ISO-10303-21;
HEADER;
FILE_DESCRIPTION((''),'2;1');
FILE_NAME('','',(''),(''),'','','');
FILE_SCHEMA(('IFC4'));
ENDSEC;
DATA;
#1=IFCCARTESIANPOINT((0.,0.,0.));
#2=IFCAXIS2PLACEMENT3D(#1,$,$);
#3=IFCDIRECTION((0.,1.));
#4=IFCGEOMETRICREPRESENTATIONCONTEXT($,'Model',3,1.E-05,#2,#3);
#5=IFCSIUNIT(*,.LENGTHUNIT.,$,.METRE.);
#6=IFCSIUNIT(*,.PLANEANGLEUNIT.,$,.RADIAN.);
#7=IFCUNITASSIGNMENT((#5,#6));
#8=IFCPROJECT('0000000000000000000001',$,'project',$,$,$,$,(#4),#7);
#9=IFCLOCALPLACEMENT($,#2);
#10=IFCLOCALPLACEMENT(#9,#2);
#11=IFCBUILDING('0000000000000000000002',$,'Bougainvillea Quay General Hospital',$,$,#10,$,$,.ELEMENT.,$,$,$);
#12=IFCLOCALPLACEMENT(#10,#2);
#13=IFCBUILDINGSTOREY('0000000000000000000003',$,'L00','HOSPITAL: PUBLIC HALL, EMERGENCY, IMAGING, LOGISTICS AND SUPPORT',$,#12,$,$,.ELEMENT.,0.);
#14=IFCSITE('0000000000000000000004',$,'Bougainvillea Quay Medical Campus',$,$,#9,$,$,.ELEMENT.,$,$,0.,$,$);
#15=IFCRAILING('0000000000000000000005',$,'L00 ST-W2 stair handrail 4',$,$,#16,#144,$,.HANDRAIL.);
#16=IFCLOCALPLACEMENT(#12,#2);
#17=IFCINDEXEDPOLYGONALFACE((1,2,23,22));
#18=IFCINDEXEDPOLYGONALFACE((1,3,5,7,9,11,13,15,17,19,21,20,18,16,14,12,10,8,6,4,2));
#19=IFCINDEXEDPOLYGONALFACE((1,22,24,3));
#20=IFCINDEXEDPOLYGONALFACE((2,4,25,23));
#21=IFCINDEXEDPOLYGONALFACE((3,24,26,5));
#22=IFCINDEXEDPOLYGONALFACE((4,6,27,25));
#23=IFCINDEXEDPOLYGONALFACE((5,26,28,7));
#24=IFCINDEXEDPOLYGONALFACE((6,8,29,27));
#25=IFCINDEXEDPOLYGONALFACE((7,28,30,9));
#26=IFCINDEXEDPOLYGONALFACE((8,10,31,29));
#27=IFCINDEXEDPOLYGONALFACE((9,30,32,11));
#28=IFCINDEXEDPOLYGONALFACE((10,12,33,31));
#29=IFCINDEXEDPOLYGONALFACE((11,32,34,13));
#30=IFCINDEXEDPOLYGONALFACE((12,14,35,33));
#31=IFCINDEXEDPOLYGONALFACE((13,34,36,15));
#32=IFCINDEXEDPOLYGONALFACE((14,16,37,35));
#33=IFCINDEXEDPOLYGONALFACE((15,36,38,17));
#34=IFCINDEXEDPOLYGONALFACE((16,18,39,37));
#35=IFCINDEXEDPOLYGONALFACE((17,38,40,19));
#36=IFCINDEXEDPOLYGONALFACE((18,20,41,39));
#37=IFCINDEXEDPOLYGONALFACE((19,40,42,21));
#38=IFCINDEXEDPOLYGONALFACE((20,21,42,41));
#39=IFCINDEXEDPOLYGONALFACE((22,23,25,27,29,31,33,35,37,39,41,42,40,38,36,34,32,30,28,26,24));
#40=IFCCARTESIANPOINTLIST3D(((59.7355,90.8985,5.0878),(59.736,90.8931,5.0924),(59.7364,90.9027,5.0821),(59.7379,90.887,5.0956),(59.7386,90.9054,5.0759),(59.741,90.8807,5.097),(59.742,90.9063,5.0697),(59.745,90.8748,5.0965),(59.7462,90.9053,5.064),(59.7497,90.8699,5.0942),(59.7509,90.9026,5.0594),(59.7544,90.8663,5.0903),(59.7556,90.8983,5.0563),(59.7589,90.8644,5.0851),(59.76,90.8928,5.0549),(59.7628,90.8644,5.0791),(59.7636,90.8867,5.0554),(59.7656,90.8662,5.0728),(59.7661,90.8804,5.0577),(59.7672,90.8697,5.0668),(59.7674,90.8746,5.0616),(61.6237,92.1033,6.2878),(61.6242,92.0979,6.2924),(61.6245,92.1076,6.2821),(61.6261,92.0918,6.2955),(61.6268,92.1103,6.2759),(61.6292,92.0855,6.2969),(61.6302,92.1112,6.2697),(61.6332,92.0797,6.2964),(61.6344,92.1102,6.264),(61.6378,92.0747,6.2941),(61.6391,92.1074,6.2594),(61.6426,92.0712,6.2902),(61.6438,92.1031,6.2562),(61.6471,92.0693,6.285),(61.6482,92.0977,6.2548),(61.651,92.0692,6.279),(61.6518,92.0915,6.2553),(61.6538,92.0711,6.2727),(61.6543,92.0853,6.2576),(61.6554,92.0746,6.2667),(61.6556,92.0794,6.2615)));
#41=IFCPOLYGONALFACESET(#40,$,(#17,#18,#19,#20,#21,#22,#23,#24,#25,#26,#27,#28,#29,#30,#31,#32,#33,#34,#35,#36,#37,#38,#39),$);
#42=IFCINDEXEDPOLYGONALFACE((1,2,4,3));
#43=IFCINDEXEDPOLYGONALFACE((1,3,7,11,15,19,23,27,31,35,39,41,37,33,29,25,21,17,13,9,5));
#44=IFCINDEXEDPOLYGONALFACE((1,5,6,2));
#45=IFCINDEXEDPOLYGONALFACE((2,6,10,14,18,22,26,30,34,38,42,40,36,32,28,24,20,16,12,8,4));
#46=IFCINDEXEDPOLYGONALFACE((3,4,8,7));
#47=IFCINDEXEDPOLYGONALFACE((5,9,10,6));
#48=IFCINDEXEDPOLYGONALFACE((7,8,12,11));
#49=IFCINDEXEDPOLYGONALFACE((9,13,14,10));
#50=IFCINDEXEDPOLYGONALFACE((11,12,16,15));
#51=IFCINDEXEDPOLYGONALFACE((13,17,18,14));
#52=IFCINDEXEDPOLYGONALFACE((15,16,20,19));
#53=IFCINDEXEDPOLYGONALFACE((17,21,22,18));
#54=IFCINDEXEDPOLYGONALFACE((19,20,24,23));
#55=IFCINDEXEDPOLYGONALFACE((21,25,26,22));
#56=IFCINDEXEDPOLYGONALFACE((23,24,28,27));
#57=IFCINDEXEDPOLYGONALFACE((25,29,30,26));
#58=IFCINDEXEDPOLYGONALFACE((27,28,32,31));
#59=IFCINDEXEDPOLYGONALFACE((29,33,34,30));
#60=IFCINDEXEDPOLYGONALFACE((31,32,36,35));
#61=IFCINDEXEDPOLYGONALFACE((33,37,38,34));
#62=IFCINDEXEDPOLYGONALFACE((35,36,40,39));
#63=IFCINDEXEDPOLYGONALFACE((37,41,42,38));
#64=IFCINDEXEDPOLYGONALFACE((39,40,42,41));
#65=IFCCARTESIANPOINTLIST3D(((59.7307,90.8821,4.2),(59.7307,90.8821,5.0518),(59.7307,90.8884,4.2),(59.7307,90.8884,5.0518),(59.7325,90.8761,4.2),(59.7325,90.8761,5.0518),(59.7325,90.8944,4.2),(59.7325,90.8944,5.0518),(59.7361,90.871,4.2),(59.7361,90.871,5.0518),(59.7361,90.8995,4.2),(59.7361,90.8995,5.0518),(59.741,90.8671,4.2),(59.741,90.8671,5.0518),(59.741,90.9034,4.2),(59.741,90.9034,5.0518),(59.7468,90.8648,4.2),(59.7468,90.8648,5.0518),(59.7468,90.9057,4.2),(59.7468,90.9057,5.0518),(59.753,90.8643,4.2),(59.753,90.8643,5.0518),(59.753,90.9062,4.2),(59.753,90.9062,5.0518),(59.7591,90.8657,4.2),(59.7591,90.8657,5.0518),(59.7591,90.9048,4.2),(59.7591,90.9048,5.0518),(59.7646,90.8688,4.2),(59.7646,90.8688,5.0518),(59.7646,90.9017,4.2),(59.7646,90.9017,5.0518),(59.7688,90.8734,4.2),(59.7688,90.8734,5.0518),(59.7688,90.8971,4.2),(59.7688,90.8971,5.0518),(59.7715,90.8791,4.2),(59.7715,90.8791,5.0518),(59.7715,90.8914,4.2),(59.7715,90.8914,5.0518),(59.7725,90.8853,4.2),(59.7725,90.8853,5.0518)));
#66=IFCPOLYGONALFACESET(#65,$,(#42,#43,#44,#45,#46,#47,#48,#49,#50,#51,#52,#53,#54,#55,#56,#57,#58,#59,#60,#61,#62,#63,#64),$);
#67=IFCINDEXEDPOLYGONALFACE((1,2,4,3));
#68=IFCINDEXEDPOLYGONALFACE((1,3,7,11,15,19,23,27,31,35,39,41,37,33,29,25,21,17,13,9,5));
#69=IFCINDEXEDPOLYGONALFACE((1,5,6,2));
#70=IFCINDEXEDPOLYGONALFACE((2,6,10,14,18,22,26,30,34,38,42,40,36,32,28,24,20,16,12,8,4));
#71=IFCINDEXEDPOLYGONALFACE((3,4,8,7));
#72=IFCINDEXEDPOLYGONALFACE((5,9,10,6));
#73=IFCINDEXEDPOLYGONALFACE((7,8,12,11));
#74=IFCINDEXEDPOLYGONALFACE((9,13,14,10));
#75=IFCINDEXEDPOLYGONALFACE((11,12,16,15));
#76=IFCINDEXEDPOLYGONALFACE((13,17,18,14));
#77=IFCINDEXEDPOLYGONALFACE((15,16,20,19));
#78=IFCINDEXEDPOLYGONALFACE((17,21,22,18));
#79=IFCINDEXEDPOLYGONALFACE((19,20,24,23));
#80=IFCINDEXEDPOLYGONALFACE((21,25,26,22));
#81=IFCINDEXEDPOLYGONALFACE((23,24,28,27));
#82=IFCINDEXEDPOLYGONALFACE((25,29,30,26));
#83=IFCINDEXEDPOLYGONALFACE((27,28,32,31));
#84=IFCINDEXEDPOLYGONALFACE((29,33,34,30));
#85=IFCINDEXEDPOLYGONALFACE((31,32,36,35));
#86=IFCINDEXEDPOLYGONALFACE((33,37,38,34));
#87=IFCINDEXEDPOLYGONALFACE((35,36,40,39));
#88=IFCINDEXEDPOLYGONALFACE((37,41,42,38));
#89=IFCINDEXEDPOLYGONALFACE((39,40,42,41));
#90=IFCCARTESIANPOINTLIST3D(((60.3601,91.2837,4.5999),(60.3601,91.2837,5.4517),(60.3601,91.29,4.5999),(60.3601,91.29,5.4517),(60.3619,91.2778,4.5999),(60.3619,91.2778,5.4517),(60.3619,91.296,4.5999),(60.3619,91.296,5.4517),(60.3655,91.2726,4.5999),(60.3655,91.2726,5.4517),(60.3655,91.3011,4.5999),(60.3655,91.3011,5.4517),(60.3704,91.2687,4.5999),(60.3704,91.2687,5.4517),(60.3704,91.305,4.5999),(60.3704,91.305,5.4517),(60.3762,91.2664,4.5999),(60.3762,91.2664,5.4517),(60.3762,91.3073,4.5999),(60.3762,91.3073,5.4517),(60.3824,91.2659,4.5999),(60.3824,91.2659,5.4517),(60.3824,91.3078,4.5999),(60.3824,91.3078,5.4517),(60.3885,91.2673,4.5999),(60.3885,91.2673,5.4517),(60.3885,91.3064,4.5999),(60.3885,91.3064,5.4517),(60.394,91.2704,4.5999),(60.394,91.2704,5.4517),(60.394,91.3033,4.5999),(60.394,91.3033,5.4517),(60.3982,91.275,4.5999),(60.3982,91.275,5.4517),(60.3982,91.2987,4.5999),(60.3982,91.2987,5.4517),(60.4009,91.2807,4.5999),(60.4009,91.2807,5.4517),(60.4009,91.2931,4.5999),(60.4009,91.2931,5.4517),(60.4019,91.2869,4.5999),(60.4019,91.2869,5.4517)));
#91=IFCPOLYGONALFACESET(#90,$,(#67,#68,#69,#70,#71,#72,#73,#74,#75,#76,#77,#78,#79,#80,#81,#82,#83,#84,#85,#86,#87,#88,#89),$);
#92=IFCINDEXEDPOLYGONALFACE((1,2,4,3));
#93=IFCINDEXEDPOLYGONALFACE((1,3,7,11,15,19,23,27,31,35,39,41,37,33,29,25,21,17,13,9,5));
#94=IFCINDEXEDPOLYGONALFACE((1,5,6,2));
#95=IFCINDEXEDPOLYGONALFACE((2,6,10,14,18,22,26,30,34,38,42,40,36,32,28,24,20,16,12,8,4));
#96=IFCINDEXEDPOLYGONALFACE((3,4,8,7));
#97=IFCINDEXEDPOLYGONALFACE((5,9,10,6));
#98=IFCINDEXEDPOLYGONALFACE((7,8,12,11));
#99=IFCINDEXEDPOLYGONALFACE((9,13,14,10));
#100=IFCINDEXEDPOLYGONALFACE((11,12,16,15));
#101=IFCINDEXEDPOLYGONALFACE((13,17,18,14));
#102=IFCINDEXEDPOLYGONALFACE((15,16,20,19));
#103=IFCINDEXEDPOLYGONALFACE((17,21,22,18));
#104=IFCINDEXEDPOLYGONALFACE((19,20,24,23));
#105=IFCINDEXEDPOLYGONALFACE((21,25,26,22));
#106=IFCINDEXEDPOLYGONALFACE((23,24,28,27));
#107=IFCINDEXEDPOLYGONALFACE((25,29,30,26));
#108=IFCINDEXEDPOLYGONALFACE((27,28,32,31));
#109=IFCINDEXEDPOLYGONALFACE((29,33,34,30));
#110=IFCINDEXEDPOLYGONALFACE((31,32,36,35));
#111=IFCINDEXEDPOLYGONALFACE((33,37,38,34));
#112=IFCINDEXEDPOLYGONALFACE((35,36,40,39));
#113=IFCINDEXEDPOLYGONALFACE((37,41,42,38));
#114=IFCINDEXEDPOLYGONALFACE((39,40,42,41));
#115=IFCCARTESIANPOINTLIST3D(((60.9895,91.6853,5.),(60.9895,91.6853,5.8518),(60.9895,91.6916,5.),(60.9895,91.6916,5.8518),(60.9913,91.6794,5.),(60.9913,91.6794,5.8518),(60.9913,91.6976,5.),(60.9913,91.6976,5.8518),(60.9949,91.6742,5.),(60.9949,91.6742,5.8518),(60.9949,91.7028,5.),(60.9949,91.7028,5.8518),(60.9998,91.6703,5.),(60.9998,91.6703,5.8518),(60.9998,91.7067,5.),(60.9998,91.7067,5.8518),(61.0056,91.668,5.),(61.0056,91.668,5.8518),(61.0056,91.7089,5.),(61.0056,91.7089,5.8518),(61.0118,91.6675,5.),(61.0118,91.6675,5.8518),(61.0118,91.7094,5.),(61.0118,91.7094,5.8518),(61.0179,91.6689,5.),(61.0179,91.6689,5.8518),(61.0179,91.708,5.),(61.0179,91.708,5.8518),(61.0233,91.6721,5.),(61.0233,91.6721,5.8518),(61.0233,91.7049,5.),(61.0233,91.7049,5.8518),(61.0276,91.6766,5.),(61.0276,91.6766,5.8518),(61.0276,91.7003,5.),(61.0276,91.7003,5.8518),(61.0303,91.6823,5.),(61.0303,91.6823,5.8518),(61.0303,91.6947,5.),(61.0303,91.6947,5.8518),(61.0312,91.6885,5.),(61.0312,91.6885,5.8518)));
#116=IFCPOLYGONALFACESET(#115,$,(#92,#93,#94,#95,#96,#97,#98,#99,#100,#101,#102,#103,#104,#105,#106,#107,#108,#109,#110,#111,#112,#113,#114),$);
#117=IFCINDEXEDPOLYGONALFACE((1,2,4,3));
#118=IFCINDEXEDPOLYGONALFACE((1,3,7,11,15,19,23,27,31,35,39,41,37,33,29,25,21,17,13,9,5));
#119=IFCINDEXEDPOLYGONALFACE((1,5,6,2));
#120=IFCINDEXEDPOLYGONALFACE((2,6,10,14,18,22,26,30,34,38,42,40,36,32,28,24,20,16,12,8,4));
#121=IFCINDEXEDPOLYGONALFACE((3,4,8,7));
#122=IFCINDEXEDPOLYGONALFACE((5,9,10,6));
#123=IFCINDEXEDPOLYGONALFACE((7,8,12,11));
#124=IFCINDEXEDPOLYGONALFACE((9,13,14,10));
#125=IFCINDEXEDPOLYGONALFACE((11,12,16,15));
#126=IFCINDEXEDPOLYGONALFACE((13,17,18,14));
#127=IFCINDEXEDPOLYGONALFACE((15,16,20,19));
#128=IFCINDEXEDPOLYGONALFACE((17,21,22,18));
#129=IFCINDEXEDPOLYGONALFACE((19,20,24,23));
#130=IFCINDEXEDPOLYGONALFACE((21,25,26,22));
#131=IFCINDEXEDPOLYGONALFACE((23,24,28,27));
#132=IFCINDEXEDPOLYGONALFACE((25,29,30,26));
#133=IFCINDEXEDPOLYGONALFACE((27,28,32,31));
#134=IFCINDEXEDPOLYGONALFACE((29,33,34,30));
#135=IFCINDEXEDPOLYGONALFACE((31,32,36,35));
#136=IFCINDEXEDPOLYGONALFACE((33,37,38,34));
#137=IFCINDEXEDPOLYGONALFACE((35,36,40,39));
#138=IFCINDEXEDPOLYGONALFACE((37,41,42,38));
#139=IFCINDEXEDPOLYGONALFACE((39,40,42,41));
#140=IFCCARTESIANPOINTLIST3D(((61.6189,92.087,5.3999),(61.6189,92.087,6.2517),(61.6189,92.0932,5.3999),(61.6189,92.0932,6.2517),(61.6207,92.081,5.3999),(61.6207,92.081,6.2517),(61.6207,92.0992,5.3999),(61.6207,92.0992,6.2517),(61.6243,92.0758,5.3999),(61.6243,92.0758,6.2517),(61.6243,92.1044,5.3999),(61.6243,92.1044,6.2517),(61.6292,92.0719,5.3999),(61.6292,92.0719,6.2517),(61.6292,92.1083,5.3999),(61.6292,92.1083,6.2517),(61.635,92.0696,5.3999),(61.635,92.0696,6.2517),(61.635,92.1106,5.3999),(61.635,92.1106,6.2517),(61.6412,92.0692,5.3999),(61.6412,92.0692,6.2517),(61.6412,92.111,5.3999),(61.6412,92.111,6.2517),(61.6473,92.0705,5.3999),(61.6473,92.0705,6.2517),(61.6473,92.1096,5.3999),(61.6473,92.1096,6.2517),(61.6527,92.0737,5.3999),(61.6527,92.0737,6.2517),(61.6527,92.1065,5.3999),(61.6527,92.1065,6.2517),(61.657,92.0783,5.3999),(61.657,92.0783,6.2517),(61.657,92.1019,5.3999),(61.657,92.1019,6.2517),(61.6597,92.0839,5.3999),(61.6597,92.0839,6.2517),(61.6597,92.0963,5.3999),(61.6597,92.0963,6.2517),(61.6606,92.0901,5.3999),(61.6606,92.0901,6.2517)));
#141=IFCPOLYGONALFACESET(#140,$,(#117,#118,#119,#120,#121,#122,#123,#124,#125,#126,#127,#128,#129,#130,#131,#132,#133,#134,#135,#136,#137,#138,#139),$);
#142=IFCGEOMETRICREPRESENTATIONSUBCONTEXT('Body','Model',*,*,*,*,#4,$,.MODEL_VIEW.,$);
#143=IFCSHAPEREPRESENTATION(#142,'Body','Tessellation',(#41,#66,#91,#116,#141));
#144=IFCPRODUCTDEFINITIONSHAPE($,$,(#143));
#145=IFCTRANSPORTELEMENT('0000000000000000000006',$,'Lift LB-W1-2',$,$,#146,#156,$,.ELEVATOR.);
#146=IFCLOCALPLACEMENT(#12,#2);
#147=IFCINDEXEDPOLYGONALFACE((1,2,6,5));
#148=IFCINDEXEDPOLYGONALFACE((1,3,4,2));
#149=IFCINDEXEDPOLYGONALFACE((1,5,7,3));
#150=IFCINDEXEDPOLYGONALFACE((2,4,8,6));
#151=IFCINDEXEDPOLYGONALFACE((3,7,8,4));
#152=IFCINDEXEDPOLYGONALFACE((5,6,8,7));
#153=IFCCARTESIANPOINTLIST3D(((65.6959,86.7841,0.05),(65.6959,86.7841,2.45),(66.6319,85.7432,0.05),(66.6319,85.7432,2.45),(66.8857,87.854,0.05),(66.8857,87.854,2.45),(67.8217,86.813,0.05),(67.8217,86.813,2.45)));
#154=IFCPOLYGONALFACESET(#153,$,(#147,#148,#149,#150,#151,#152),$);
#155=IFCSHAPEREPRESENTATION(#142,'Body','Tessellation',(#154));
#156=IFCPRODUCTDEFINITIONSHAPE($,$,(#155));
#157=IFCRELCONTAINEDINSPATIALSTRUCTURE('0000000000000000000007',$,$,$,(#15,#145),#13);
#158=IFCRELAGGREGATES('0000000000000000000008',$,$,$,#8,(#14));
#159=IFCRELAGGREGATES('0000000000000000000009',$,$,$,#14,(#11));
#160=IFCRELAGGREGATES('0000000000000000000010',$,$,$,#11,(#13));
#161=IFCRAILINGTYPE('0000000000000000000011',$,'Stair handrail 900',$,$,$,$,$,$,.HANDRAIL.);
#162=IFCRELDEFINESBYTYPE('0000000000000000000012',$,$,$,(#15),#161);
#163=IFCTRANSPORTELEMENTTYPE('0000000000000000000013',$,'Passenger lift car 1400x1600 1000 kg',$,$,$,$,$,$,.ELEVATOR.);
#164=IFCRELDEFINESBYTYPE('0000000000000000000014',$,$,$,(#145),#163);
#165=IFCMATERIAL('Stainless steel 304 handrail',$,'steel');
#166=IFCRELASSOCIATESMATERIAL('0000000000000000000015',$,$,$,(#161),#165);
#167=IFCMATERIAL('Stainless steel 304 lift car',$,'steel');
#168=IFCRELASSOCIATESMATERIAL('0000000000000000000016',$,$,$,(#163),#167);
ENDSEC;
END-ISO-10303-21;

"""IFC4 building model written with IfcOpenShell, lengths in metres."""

from ifc_helpers import new_model, si_unit, direction, frame, origin, origin_2d, place, context, subcontext, project, spatial, rectangle, circle, extrude, material, type_object, element, save


model = new_model("IFC4")

# Units and contexts
model_context = context("Model", 3, precision=1e-05, world=origin(), true_north=direction((0.0, 1.0)))
body_context = subcontext(model_context, "Body", "Model", "MODEL_VIEW")
ifc_project = project(units=[si_unit("LENGTHUNIT", "METRE"), si_unit("PLANEANGLEUNIT", "RADIAN")], contexts=[model_context])

# Site, building, storey
site_placement = place(None, origin())
site = spatial("IfcSite", under=ifc_project, at=site_placement, Name="Bougainvillea Quay Medical Campus", CompositionType="ELEMENT", RefElevation=0.0)
building_placement = place(site_placement, origin())
building = spatial("IfcBuilding", under=site, at=building_placement, Name="Bougainvillea Quay General Hospital", CompositionType="ELEMENT")
storey_placement = place(building_placement, origin())
storey = spatial("IfcBuildingStorey", under=building, at=storey_placement, Name="L00", Description="HOSPITAL: PUBLIC HALL, EMERGENCY, IMAGING, LOGISTICS AND SUPPORT", CompositionType="ELEMENT", Elevation=0.0)

# Railing
ifc_material_1 = material(Name="Stainless steel 304 handrail", Category="steel")
railing_type_1 = type_object("IfcRailingType", Name="Stair handrail 900", PredefinedType="HANDRAIL", material=ifc_material_1)
for number, where, name in (
    (1, (59.7515, 90.8853, 4.2), "L00 ST-W2 stair handrail 4"),
):
    element("IfcRailing", number, at=place(storey_placement, frame(where)), inside=storey, type_object=railing_type_1, Name=name, PredefinedType="HANDRAIL", context=body_context, shape_type="SweptSolid", body=[
        extrude(circle(Radius=0.0239, at=origin_2d()), frame((0.0, 0.0, 0.876), z_axis=(0.743083, 0.474155, 0.472233), x_axis=(-0.537912, 0.843001, 0.0)), (0.0, 0.0, 1.0), 2.541),
        extrude(circle(Radius=0.021, at=origin_2d()), origin(), (0.0, 0.0, 1.0), 0.8518),
        extrude(circle(Radius=0.021, at=origin_2d()), frame((0.6294, 0.4016, 0.3999)), (0.0, 0.0, 1.0), 0.8518),
        extrude(circle(Radius=0.021, at=origin_2d()), frame((1.2588, 0.8032, 0.8)), (0.0, 0.0, 1.0), 0.8518),
        extrude(circle(Radius=0.021, at=origin_2d()), frame((1.8882, 1.2048, 1.2)), (0.0, 0.0, 1.0), 0.8518),
    ])

# Transport element
ifc_material_2 = material(Name="Stainless steel 304 lift car", Category="steel")
transport_element_type = type_object("IfcTransportElementType", Name="Passenger lift car 1400x1600 1000 kg", PredefinedType="ELEVATOR", material=ifc_material_2)
transport_element_placement = place(storey_placement, frame((66.7588, 86.7986, 0.05), z_axis=(0.0, 0.0, 1.0), x_axis=(-0.668619, 0.743605, 0.0)))
element("IfcTransportElement", 2, at=transport_element_placement, inside=storey, type_object=transport_element_type, Name="Lift LB-W1-2", PredefinedType="ELEVATOR", context=body_context, shape_type="SweptSolid", body=[
    extrude(rectangle(XDim=1.3999, YDim=1.6001, at=origin_2d()), origin(), (0.0, 0.0, 1.0), 2.3999),
])

save(model, "model.ifc")
